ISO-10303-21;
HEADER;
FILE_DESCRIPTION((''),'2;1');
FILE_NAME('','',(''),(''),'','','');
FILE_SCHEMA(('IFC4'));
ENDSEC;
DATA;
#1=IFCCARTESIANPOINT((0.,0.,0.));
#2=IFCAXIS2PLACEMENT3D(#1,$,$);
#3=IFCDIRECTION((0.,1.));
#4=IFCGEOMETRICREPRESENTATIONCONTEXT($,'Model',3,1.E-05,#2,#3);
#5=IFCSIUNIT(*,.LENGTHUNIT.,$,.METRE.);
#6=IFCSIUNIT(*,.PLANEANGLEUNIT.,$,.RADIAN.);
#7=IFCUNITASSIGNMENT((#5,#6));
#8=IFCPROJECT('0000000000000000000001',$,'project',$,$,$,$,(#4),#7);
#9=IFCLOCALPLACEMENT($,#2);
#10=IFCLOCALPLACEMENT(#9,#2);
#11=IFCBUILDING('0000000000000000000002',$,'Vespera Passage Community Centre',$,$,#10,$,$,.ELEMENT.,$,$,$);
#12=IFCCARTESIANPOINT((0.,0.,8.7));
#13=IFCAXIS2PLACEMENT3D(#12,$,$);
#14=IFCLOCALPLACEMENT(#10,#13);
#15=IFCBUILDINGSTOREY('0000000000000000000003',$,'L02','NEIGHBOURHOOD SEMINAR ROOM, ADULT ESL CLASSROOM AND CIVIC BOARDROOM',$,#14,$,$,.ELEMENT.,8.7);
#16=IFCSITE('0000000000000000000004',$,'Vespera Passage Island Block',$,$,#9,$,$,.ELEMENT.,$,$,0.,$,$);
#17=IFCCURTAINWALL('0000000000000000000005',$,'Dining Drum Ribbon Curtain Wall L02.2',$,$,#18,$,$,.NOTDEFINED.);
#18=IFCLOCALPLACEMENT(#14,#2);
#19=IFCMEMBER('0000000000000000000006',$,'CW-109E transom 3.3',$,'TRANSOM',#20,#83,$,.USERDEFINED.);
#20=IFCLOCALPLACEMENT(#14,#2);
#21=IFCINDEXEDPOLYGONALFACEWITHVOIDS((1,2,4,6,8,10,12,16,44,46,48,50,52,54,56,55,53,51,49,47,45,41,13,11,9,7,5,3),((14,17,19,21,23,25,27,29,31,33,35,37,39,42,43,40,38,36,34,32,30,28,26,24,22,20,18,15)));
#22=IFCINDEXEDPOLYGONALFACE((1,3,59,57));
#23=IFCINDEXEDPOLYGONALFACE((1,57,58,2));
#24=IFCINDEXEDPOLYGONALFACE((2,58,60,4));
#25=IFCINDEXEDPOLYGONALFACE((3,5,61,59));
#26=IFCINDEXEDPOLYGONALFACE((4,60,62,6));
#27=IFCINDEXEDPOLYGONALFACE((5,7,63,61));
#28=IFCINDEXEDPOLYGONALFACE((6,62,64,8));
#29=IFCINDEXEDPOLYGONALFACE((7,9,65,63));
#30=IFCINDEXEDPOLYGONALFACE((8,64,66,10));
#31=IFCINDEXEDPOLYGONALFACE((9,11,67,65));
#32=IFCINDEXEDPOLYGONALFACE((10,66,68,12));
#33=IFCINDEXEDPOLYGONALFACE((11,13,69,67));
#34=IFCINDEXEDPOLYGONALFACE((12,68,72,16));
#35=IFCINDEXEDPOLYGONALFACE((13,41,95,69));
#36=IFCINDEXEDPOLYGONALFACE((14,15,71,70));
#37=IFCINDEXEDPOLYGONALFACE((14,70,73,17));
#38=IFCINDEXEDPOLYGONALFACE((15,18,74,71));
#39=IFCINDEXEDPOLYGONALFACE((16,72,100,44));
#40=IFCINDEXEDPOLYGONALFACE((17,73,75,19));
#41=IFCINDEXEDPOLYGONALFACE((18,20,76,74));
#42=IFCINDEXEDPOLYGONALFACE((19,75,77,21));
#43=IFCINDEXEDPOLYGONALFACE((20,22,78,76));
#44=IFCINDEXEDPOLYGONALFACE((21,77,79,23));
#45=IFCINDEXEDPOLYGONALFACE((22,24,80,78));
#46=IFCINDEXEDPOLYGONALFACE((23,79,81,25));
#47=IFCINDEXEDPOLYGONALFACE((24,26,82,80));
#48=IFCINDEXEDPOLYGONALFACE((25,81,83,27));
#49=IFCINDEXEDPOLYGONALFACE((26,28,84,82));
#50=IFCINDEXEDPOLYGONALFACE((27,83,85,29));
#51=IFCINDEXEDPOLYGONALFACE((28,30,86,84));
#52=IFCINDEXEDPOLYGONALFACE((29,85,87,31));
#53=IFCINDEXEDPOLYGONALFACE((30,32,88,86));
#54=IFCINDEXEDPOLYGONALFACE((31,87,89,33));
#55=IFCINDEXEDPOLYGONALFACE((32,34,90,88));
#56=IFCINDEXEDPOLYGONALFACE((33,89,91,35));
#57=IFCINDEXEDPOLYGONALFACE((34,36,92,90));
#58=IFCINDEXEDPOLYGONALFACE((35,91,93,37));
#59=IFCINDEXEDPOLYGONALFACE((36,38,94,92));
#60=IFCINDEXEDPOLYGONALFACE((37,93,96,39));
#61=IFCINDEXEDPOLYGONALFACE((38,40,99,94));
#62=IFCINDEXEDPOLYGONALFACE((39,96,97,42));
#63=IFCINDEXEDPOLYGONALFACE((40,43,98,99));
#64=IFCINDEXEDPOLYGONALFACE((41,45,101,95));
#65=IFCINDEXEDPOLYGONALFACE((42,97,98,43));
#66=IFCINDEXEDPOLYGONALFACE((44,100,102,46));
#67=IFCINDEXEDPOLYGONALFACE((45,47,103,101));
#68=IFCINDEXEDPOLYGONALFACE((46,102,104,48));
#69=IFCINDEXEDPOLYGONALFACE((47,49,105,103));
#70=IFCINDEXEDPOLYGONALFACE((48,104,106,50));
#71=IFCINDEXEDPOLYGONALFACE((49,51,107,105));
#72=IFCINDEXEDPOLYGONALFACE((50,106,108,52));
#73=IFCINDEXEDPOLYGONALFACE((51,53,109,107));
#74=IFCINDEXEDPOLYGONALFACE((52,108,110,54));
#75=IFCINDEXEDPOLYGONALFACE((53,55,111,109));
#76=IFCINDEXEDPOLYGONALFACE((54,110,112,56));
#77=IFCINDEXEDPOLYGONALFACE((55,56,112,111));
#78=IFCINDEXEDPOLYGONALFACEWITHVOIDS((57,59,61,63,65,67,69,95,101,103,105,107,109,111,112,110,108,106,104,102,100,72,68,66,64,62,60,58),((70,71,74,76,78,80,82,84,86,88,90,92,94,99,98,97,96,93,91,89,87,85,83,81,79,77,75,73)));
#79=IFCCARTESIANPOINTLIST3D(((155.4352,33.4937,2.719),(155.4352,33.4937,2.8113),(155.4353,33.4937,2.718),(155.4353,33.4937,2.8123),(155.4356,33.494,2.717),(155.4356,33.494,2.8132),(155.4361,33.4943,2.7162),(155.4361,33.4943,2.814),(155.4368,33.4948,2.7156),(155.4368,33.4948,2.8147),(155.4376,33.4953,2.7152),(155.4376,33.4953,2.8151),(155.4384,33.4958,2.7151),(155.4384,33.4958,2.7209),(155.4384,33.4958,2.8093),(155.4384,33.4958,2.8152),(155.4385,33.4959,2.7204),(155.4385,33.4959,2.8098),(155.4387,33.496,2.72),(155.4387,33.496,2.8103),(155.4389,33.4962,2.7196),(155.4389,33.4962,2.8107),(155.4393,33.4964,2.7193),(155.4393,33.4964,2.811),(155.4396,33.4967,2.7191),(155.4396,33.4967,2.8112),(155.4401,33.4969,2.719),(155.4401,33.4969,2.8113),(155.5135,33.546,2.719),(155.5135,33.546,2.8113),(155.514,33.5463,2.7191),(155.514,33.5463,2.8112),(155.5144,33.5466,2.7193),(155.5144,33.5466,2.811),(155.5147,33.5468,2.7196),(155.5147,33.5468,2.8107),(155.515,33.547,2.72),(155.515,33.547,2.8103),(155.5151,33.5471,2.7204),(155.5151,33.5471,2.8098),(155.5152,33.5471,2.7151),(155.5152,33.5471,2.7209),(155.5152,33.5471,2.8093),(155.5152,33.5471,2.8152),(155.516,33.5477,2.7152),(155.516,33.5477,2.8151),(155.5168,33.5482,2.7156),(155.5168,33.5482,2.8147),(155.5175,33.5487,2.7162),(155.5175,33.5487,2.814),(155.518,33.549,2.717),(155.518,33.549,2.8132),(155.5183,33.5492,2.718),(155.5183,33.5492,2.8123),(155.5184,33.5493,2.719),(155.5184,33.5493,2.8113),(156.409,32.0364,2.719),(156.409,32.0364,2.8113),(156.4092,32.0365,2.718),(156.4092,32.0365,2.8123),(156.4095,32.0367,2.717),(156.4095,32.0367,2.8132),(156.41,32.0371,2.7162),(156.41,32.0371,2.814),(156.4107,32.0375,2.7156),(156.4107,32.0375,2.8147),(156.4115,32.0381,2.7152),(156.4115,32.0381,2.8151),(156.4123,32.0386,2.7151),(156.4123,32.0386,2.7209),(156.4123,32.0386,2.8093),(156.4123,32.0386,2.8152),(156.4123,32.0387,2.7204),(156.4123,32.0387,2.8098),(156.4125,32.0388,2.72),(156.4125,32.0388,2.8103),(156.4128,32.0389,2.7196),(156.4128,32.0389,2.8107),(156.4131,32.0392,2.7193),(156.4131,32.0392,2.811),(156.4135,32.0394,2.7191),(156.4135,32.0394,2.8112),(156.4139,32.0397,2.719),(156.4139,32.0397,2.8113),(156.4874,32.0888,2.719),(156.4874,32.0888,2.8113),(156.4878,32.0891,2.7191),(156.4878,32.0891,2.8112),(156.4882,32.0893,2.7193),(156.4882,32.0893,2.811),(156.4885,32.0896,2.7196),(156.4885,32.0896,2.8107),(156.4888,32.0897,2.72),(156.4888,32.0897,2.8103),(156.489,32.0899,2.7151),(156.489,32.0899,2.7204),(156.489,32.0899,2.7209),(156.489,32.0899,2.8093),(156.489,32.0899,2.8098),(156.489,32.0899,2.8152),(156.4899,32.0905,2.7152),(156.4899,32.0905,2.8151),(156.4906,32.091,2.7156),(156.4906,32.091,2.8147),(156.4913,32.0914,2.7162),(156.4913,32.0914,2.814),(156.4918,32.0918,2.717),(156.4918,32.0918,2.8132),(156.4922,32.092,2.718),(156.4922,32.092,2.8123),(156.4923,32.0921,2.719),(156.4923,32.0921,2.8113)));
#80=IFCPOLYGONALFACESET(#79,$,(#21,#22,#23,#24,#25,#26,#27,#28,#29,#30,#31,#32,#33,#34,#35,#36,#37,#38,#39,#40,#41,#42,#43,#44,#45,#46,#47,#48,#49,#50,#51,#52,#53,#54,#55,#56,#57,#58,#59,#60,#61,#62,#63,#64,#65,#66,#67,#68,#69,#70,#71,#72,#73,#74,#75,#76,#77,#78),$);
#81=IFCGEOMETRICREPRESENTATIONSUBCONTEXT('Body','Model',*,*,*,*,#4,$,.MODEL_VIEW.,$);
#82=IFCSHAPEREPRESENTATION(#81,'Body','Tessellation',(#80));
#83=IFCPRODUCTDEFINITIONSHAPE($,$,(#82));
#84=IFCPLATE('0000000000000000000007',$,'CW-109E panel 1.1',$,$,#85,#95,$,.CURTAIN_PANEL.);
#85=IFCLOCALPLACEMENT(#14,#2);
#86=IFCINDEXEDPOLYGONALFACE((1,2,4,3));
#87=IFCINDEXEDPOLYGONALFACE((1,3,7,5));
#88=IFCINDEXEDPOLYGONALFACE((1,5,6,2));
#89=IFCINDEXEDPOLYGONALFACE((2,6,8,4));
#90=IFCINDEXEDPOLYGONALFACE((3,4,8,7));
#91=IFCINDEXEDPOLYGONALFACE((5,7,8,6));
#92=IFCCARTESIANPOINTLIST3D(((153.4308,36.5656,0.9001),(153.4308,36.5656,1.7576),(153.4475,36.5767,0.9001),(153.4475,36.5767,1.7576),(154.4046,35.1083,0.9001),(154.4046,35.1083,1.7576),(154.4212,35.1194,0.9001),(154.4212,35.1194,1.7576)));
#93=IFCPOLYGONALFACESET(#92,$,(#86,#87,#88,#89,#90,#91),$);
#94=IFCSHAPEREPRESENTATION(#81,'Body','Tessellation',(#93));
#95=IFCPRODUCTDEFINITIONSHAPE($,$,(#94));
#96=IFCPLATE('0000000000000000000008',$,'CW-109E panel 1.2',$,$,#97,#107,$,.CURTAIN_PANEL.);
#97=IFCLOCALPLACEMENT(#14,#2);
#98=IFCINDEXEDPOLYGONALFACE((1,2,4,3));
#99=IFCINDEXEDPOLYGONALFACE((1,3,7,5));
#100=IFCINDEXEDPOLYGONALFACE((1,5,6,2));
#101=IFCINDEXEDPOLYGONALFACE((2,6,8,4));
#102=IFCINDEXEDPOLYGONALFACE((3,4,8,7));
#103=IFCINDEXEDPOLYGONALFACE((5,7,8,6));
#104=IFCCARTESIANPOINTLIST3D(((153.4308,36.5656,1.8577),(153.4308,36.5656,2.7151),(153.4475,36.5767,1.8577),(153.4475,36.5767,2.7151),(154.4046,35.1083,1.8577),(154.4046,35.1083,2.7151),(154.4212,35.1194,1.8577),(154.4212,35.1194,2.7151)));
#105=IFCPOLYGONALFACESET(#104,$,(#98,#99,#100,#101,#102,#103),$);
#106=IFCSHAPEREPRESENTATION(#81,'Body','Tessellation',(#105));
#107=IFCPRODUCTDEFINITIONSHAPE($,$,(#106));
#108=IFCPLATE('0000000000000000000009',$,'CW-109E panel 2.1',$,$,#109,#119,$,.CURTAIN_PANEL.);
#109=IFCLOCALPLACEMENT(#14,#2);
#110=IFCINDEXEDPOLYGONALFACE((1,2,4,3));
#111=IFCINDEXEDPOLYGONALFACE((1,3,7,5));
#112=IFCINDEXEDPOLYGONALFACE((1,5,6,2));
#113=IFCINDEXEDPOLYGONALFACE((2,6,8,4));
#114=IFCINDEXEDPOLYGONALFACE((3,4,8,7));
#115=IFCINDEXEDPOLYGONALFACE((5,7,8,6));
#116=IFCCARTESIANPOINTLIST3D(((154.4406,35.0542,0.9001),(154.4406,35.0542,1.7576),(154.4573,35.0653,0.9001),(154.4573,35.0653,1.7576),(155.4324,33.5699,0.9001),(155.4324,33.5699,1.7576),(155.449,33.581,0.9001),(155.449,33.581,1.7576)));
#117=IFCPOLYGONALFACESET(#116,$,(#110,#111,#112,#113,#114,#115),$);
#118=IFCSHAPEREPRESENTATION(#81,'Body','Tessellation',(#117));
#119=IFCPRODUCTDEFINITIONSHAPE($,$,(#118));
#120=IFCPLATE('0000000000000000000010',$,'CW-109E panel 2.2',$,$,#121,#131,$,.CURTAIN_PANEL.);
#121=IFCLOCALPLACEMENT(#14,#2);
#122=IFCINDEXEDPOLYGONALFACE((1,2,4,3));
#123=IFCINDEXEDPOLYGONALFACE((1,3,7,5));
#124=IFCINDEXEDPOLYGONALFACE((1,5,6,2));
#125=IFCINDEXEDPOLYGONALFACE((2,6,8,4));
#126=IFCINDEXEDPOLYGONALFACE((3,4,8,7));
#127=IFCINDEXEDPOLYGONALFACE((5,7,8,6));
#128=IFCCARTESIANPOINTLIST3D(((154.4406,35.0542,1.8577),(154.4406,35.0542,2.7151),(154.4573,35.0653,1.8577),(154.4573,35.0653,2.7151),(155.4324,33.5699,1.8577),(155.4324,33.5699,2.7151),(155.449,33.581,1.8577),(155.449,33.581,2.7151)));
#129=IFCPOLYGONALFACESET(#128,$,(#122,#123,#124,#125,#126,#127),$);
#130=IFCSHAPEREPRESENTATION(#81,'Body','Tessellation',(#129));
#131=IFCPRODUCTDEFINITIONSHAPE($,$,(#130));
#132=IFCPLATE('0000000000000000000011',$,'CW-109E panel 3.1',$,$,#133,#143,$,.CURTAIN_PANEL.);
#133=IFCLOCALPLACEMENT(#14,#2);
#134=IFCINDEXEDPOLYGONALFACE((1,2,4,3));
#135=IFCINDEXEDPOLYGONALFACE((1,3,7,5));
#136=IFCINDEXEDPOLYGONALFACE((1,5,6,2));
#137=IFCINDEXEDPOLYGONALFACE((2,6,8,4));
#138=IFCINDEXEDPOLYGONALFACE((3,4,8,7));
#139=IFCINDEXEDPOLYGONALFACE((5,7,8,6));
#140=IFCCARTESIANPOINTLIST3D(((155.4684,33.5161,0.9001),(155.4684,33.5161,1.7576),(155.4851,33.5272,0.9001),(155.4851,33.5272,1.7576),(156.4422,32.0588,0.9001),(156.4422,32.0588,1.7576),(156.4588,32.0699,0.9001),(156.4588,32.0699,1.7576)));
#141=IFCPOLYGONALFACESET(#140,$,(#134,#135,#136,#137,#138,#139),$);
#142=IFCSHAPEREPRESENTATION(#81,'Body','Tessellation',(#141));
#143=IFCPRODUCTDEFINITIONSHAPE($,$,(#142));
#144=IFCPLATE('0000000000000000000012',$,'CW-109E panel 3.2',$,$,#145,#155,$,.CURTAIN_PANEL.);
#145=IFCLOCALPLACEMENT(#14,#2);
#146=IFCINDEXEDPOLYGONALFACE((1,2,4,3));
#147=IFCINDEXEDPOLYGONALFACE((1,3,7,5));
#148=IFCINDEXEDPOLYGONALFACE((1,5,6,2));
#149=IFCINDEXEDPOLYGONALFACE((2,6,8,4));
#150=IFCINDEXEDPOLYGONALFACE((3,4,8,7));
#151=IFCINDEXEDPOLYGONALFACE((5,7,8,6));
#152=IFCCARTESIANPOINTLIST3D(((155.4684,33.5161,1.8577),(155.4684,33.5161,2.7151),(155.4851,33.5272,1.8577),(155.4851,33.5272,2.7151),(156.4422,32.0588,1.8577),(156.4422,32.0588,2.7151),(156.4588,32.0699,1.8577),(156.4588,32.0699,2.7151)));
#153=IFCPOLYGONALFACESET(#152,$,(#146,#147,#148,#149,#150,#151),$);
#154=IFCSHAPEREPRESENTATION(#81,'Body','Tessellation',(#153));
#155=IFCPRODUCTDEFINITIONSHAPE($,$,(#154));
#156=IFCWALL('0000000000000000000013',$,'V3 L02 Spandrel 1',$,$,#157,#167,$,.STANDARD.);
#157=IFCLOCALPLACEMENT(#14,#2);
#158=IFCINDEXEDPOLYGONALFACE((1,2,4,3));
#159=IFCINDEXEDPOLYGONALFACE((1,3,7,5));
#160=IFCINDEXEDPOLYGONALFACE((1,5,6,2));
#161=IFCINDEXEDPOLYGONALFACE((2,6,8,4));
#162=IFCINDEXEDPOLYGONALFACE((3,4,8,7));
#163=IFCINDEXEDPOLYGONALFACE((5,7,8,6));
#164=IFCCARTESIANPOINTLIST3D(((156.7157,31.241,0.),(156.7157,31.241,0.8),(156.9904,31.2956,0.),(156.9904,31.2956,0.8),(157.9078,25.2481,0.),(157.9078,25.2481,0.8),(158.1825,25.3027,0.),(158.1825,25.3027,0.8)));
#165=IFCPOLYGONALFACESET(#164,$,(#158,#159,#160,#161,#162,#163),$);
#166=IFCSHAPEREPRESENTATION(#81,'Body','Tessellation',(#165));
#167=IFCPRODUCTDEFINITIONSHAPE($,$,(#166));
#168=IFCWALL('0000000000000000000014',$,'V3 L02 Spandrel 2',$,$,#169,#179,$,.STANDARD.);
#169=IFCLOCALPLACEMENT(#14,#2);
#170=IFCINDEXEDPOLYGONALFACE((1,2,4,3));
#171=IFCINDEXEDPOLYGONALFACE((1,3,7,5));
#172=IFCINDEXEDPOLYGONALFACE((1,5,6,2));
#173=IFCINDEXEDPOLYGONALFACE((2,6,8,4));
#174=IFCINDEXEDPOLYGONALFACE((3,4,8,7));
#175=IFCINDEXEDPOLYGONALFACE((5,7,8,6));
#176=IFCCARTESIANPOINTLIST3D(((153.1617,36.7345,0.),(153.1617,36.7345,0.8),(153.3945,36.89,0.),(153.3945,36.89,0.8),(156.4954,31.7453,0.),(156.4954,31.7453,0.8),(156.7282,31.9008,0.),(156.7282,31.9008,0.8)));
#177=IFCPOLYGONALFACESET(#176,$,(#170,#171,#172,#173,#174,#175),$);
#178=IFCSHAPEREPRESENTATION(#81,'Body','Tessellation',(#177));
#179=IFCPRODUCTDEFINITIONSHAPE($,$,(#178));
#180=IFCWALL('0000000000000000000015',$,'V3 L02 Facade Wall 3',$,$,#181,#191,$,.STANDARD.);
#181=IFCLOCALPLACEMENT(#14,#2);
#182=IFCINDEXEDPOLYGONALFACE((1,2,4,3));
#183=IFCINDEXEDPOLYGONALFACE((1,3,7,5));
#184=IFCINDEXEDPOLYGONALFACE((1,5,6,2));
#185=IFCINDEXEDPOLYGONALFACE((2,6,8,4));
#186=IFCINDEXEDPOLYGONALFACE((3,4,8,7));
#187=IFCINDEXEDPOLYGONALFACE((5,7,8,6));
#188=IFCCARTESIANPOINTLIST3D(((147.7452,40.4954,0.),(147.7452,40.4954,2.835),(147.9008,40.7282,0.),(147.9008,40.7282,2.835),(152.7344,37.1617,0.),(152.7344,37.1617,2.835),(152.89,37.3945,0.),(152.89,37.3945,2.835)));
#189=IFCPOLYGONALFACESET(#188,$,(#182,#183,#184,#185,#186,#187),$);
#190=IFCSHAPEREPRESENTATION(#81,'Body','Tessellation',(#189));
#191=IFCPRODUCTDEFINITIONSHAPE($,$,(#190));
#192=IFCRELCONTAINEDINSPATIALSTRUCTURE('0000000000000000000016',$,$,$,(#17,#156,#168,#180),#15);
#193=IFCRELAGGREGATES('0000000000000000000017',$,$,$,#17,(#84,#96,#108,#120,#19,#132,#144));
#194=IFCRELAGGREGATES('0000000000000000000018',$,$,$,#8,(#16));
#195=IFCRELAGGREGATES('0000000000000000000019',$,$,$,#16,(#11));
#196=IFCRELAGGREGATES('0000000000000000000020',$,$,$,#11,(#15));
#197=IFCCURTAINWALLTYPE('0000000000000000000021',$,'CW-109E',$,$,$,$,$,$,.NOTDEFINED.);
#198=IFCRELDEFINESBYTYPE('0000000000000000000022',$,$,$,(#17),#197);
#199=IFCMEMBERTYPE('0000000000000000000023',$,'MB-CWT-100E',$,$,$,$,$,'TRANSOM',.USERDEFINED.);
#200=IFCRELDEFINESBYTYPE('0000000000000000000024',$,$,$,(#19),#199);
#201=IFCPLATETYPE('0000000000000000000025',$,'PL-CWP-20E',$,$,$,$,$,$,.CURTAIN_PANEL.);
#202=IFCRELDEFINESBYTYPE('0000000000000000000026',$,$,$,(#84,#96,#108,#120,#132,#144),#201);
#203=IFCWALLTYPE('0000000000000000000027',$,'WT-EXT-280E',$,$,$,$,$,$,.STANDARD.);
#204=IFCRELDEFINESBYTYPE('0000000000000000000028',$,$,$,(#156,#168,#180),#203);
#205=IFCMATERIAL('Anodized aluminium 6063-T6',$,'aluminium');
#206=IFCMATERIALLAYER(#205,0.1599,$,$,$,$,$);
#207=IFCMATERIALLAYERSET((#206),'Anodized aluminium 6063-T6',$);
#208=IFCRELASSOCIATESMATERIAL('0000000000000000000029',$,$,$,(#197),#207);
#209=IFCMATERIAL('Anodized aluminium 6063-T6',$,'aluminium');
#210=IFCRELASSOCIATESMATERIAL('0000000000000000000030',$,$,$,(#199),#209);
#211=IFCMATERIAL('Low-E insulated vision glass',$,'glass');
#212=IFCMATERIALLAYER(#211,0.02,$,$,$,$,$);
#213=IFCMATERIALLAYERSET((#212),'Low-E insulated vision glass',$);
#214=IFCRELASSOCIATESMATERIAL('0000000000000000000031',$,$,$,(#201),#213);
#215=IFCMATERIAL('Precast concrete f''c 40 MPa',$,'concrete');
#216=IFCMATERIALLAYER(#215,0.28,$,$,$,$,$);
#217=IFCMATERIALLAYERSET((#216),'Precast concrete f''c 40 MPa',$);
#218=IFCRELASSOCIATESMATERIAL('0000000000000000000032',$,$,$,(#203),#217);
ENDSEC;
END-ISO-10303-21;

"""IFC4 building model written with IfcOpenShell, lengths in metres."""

from ifc_helpers import new_model, si_unit, direction, frame, frame_2d, origin, origin_2d, place, context, subcontext, project, spatial, rectangle, hollow_rectangle, extrude, material, layer, layer_set, material_profile, profile_set, type_object, element, aggregate, save


model = new_model("IFC4")

# Units and contexts
model_context = context("Model", 3, precision=1e-05, world=origin(), true_north=direction((0.0, 1.0)))
body_context = subcontext(model_context, "Body", "Model", "MODEL_VIEW")
ifc_project = project(units=[si_unit("LENGTHUNIT", "METRE"), si_unit("PLANEANGLEUNIT", "RADIAN")], contexts=[model_context])

# Site, building, storey
site_placement = place(None, origin())
site = spatial("IfcSite", under=ifc_project, at=site_placement, Name="Vespera Passage Island Block", CompositionType="ELEMENT", RefElevation=0.0)
building_placement = place(site_placement, origin())
building = spatial("IfcBuilding", under=site, at=building_placement, Name="Vespera Passage Community Centre", CompositionType="ELEMENT")
storey_placement = place(building_placement, frame((0.0, 0.0, 8.7)))
storey = spatial("IfcBuildingStorey", under=building, at=storey_placement, Name="L02", Description="NEIGHBOURHOOD SEMINAR ROOM, ADULT ESL CLASSROOM AND CIVIC BOARDROOM", CompositionType="ELEMENT", Elevation=8.7)

# Curtain wall
ifc_material_1 = material(Name="Anodized aluminium 6063-T6", Category="aluminium")
ifc_layer_1 = layer(ifc_material_1, 0.1599)
ifc_layer_set_1 = layer_set([ifc_layer_1], Name="Anodized aluminium 6063-T6")
curtain_wall_type_1 = type_object("IfcCurtainWallType", Name="CW-109E", PredefinedType="NOTDEFINED", material=ifc_layer_set_1)
curtain_wall_1_placement = place(storey_placement, origin())
curtain_wall_1 = element("IfcCurtainWall", 1, at=curtain_wall_1_placement, inside=storey, type_object=curtain_wall_type_1, Name="Dining Drum Ribbon Curtain Wall L02.2", PredefinedType="NOTDEFINED")

# Member
ifc_material_2 = material(Name="Anodized aluminium 6063-T6", Category="aluminium")
ifc_material_profile_1 = material_profile(ifc_material_2, hollow_rectangle(XDim=0.1001, YDim=0.1001, WallThickness=0.0039, InnerFilletRadius=0.002, OuterFilletRadius=0.0039, at=origin_2d()), Name="ALU100X100X4")
ifc_profile_set_1 = profile_set([ifc_material_profile_1], Name="Anodized aluminium 6063-T6")
member_type_1 = type_object("IfcMemberType", Name="MB-CWT-100E", ElementType="TRANSOM", PredefinedType="USERDEFINED", material=ifc_profile_set_1)
member_1_placement = place(storey_placement, frame((155.4768, 33.5215, 2.7651), z_axis=(0.555632, -0.831428, 0.0), x_axis=(0.831428, 0.555632, 0.0)))
member_1 = element("IfcMember", 2, at=member_1_placement, type_object=member_type_1, Name="CW-109E transom 3.3", ObjectType="TRANSOM", PredefinedType="USERDEFINED", context=body_context, shape_type="SweptSolid", body=[
    extrude(hollow_rectangle(XDim=0.1001, YDim=0.1001, WallThickness=0.0039, InnerFilletRadius=0.002, OuterFilletRadius=0.0039, at=origin_2d()), origin(), (0.0, 0.0, 1.0), 1.7527),
])

# Plates
ifc_material_3 = material(Name="Low-E insulated vision glass", Category="glass")
ifc_layer_2 = layer(ifc_material_3, 0.02)
ifc_layer_set_2 = layer_set([ifc_layer_2], Name="Low-E insulated vision glass")
plate_type = type_object("IfcPlateType", Name="PL-CWP-20E", PredefinedType="CURTAIN_PANEL", material=ifc_layer_set_2)
plate_1_placement = place(storey_placement, frame((153.926, 35.8425, 0.9001), z_axis=(0.0, 0.0, 1.0), x_axis=(0.555565, -0.831473, 0.0)))
plate_1 = element("IfcPlate", 3, at=plate_1_placement, type_object=plate_type, Name="CW-109E panel 1.1", PredefinedType="CURTAIN_PANEL", context=body_context, shape_type="SweptSolid", body=[
    extrude(rectangle(XDim=1.7527, YDim=0.02, at=origin_2d()), origin(), (0.0, 0.0, 1.0), 0.8574),
])
plate_2_placement = place(storey_placement, frame((153.926, 35.8425, 1.8577), z_axis=(0.0, 0.0, 1.0), x_axis=(0.555565, -0.831473, 0.0)))
plate_2 = element("IfcPlate", 4, at=plate_2_placement, type_object=plate_type, Name="CW-109E panel 1.2", PredefinedType="CURTAIN_PANEL", context=body_context, shape_type="SweptSolid", body=[
    extrude(rectangle(XDim=1.7527, YDim=0.02, at=origin_2d()), origin(), (0.0, 0.0, 1.0), 0.8574),
])
plate_3_placement = place(storey_placement, frame((154.9448, 34.3176, 0.9001), z_axis=(0.0, 0.0, 1.0), x_axis=(0.555565, -0.831473, 0.0)))
plate_3 = element("IfcPlate", 5, at=plate_3_placement, type_object=plate_type, Name="CW-109E panel 2.1", PredefinedType="CURTAIN_PANEL", context=body_context, shape_type="SweptSolid", body=[
    extrude(rectangle(XDim=1.7852, YDim=0.02, at=origin_2d()), origin(), (0.0, 0.0, 1.0), 0.8574),
])
plate_4_placement = place(storey_placement, frame((154.9448, 34.3176, 1.8577), z_axis=(0.0, 0.0, 1.0), x_axis=(0.555565, -0.831473, 0.0)))
plate_4 = element("IfcPlate", 6, at=plate_4_placement, type_object=plate_type, Name="CW-109E panel 2.2", PredefinedType="CURTAIN_PANEL", context=body_context, shape_type="SweptSolid", body=[
    extrude(rectangle(XDim=1.7852, YDim=0.02, at=origin_2d()), origin(), (0.0, 0.0, 1.0), 0.8574),
])
plate_5_placement = place(storey_placement, frame((155.9636, 32.793, 0.9001), z_axis=(0.0, 0.0, 1.0), x_axis=(0.555565, -0.831473, 0.0)))
plate_5 = element("IfcPlate", 7, at=plate_5_placement, type_object=plate_type, Name="CW-109E panel 3.1", PredefinedType="CURTAIN_PANEL", context=body_context, shape_type="SweptSolid", body=[
    extrude(rectangle(XDim=1.7527, YDim=0.02, at=origin_2d()), origin(), (0.0, 0.0, 1.0), 0.8574),
])
plate_6_placement = place(storey_placement, frame((155.9636, 32.793, 1.8577), z_axis=(0.0, 0.0, 1.0), x_axis=(0.555565, -0.831473, 0.0)))
plate_6 = element("IfcPlate", 8, at=plate_6_placement, type_object=plate_type, Name="CW-109E panel 3.2", PredefinedType="CURTAIN_PANEL", context=body_context, shape_type="SweptSolid", body=[
    extrude(rectangle(XDim=1.7527, YDim=0.02, at=origin_2d()), origin(), (0.0, 0.0, 1.0), 0.8574),
])
aggregate(curtain_wall_1, [plate_1, plate_2, plate_3, plate_4, member_1, plate_5, plate_6])

# Walls
ifc_material_4 = material(Name="Precast concrete f'c 40 MPa", Category="concrete")
ifc_layer_3 = layer(ifc_material_4, 0.28)
ifc_layer_set_3 = layer_set([ifc_layer_3], Name="Precast concrete f'c 40 MPa")
wall_type = type_object("IfcWallType", Name="WT-EXT-280E", PredefinedType="STANDARD", material=ifc_layer_set_3)
wall_1_placement = place(storey_placement, frame((156.853, 31.2683, 0.0), z_axis=(0.0, 0.0, 1.0), x_axis=(0.195102, -0.980783, 0.0)))
element("IfcWall", 9, at=wall_1_placement, inside=storey, type_object=wall_type, Name="V3 L02 Spandrel 1", PredefinedType="STANDARD", context=body_context, shape_type="SweptSolid", body=[
    extrude(rectangle(XDim=6.1104, YDim=0.28, at=frame_2d((3.0552, 0.0))), origin(), (0.0, 0.0, 1.0), 0.8),
])
wall_2_placement = place(storey_placement, frame((153.2781, 36.8123, 0.0), z_axis=(0.0, 0.0, 1.0), x_axis=(0.555573, -0.831468, 0.0)))
element("IfcWall", 10, at=wall_2_placement, inside=storey, type_object=wall_type, Name="V3 L02 Spandrel 2", PredefinedType="STANDARD", context=body_context, shape_type="SweptSolid", body=[
    extrude(rectangle(XDim=6.0005, YDim=0.28, at=frame_2d((3.0002, 0.0))), origin(), (0.0, 0.0, 1.0), 0.8),
])
wall_3_placement = place(storey_placement, frame((147.823, 40.6118, 0.0), z_axis=(0.0, 0.0, 1.0), x_axis=(0.831468, -0.555573, 0.0)))
element("IfcWall", 11, at=wall_3_placement, inside=storey, type_object=wall_type, Name="V3 L02 Facade Wall 3", PredefinedType="STANDARD", context=body_context, shape_type="SweptSolid", body=[
    extrude(rectangle(XDim=6.0005, YDim=0.28, at=frame_2d((3.0002, 0.0))), origin(), (0.0, 0.0, 1.0), 2.835),
])

save(model, "model.ifc")
